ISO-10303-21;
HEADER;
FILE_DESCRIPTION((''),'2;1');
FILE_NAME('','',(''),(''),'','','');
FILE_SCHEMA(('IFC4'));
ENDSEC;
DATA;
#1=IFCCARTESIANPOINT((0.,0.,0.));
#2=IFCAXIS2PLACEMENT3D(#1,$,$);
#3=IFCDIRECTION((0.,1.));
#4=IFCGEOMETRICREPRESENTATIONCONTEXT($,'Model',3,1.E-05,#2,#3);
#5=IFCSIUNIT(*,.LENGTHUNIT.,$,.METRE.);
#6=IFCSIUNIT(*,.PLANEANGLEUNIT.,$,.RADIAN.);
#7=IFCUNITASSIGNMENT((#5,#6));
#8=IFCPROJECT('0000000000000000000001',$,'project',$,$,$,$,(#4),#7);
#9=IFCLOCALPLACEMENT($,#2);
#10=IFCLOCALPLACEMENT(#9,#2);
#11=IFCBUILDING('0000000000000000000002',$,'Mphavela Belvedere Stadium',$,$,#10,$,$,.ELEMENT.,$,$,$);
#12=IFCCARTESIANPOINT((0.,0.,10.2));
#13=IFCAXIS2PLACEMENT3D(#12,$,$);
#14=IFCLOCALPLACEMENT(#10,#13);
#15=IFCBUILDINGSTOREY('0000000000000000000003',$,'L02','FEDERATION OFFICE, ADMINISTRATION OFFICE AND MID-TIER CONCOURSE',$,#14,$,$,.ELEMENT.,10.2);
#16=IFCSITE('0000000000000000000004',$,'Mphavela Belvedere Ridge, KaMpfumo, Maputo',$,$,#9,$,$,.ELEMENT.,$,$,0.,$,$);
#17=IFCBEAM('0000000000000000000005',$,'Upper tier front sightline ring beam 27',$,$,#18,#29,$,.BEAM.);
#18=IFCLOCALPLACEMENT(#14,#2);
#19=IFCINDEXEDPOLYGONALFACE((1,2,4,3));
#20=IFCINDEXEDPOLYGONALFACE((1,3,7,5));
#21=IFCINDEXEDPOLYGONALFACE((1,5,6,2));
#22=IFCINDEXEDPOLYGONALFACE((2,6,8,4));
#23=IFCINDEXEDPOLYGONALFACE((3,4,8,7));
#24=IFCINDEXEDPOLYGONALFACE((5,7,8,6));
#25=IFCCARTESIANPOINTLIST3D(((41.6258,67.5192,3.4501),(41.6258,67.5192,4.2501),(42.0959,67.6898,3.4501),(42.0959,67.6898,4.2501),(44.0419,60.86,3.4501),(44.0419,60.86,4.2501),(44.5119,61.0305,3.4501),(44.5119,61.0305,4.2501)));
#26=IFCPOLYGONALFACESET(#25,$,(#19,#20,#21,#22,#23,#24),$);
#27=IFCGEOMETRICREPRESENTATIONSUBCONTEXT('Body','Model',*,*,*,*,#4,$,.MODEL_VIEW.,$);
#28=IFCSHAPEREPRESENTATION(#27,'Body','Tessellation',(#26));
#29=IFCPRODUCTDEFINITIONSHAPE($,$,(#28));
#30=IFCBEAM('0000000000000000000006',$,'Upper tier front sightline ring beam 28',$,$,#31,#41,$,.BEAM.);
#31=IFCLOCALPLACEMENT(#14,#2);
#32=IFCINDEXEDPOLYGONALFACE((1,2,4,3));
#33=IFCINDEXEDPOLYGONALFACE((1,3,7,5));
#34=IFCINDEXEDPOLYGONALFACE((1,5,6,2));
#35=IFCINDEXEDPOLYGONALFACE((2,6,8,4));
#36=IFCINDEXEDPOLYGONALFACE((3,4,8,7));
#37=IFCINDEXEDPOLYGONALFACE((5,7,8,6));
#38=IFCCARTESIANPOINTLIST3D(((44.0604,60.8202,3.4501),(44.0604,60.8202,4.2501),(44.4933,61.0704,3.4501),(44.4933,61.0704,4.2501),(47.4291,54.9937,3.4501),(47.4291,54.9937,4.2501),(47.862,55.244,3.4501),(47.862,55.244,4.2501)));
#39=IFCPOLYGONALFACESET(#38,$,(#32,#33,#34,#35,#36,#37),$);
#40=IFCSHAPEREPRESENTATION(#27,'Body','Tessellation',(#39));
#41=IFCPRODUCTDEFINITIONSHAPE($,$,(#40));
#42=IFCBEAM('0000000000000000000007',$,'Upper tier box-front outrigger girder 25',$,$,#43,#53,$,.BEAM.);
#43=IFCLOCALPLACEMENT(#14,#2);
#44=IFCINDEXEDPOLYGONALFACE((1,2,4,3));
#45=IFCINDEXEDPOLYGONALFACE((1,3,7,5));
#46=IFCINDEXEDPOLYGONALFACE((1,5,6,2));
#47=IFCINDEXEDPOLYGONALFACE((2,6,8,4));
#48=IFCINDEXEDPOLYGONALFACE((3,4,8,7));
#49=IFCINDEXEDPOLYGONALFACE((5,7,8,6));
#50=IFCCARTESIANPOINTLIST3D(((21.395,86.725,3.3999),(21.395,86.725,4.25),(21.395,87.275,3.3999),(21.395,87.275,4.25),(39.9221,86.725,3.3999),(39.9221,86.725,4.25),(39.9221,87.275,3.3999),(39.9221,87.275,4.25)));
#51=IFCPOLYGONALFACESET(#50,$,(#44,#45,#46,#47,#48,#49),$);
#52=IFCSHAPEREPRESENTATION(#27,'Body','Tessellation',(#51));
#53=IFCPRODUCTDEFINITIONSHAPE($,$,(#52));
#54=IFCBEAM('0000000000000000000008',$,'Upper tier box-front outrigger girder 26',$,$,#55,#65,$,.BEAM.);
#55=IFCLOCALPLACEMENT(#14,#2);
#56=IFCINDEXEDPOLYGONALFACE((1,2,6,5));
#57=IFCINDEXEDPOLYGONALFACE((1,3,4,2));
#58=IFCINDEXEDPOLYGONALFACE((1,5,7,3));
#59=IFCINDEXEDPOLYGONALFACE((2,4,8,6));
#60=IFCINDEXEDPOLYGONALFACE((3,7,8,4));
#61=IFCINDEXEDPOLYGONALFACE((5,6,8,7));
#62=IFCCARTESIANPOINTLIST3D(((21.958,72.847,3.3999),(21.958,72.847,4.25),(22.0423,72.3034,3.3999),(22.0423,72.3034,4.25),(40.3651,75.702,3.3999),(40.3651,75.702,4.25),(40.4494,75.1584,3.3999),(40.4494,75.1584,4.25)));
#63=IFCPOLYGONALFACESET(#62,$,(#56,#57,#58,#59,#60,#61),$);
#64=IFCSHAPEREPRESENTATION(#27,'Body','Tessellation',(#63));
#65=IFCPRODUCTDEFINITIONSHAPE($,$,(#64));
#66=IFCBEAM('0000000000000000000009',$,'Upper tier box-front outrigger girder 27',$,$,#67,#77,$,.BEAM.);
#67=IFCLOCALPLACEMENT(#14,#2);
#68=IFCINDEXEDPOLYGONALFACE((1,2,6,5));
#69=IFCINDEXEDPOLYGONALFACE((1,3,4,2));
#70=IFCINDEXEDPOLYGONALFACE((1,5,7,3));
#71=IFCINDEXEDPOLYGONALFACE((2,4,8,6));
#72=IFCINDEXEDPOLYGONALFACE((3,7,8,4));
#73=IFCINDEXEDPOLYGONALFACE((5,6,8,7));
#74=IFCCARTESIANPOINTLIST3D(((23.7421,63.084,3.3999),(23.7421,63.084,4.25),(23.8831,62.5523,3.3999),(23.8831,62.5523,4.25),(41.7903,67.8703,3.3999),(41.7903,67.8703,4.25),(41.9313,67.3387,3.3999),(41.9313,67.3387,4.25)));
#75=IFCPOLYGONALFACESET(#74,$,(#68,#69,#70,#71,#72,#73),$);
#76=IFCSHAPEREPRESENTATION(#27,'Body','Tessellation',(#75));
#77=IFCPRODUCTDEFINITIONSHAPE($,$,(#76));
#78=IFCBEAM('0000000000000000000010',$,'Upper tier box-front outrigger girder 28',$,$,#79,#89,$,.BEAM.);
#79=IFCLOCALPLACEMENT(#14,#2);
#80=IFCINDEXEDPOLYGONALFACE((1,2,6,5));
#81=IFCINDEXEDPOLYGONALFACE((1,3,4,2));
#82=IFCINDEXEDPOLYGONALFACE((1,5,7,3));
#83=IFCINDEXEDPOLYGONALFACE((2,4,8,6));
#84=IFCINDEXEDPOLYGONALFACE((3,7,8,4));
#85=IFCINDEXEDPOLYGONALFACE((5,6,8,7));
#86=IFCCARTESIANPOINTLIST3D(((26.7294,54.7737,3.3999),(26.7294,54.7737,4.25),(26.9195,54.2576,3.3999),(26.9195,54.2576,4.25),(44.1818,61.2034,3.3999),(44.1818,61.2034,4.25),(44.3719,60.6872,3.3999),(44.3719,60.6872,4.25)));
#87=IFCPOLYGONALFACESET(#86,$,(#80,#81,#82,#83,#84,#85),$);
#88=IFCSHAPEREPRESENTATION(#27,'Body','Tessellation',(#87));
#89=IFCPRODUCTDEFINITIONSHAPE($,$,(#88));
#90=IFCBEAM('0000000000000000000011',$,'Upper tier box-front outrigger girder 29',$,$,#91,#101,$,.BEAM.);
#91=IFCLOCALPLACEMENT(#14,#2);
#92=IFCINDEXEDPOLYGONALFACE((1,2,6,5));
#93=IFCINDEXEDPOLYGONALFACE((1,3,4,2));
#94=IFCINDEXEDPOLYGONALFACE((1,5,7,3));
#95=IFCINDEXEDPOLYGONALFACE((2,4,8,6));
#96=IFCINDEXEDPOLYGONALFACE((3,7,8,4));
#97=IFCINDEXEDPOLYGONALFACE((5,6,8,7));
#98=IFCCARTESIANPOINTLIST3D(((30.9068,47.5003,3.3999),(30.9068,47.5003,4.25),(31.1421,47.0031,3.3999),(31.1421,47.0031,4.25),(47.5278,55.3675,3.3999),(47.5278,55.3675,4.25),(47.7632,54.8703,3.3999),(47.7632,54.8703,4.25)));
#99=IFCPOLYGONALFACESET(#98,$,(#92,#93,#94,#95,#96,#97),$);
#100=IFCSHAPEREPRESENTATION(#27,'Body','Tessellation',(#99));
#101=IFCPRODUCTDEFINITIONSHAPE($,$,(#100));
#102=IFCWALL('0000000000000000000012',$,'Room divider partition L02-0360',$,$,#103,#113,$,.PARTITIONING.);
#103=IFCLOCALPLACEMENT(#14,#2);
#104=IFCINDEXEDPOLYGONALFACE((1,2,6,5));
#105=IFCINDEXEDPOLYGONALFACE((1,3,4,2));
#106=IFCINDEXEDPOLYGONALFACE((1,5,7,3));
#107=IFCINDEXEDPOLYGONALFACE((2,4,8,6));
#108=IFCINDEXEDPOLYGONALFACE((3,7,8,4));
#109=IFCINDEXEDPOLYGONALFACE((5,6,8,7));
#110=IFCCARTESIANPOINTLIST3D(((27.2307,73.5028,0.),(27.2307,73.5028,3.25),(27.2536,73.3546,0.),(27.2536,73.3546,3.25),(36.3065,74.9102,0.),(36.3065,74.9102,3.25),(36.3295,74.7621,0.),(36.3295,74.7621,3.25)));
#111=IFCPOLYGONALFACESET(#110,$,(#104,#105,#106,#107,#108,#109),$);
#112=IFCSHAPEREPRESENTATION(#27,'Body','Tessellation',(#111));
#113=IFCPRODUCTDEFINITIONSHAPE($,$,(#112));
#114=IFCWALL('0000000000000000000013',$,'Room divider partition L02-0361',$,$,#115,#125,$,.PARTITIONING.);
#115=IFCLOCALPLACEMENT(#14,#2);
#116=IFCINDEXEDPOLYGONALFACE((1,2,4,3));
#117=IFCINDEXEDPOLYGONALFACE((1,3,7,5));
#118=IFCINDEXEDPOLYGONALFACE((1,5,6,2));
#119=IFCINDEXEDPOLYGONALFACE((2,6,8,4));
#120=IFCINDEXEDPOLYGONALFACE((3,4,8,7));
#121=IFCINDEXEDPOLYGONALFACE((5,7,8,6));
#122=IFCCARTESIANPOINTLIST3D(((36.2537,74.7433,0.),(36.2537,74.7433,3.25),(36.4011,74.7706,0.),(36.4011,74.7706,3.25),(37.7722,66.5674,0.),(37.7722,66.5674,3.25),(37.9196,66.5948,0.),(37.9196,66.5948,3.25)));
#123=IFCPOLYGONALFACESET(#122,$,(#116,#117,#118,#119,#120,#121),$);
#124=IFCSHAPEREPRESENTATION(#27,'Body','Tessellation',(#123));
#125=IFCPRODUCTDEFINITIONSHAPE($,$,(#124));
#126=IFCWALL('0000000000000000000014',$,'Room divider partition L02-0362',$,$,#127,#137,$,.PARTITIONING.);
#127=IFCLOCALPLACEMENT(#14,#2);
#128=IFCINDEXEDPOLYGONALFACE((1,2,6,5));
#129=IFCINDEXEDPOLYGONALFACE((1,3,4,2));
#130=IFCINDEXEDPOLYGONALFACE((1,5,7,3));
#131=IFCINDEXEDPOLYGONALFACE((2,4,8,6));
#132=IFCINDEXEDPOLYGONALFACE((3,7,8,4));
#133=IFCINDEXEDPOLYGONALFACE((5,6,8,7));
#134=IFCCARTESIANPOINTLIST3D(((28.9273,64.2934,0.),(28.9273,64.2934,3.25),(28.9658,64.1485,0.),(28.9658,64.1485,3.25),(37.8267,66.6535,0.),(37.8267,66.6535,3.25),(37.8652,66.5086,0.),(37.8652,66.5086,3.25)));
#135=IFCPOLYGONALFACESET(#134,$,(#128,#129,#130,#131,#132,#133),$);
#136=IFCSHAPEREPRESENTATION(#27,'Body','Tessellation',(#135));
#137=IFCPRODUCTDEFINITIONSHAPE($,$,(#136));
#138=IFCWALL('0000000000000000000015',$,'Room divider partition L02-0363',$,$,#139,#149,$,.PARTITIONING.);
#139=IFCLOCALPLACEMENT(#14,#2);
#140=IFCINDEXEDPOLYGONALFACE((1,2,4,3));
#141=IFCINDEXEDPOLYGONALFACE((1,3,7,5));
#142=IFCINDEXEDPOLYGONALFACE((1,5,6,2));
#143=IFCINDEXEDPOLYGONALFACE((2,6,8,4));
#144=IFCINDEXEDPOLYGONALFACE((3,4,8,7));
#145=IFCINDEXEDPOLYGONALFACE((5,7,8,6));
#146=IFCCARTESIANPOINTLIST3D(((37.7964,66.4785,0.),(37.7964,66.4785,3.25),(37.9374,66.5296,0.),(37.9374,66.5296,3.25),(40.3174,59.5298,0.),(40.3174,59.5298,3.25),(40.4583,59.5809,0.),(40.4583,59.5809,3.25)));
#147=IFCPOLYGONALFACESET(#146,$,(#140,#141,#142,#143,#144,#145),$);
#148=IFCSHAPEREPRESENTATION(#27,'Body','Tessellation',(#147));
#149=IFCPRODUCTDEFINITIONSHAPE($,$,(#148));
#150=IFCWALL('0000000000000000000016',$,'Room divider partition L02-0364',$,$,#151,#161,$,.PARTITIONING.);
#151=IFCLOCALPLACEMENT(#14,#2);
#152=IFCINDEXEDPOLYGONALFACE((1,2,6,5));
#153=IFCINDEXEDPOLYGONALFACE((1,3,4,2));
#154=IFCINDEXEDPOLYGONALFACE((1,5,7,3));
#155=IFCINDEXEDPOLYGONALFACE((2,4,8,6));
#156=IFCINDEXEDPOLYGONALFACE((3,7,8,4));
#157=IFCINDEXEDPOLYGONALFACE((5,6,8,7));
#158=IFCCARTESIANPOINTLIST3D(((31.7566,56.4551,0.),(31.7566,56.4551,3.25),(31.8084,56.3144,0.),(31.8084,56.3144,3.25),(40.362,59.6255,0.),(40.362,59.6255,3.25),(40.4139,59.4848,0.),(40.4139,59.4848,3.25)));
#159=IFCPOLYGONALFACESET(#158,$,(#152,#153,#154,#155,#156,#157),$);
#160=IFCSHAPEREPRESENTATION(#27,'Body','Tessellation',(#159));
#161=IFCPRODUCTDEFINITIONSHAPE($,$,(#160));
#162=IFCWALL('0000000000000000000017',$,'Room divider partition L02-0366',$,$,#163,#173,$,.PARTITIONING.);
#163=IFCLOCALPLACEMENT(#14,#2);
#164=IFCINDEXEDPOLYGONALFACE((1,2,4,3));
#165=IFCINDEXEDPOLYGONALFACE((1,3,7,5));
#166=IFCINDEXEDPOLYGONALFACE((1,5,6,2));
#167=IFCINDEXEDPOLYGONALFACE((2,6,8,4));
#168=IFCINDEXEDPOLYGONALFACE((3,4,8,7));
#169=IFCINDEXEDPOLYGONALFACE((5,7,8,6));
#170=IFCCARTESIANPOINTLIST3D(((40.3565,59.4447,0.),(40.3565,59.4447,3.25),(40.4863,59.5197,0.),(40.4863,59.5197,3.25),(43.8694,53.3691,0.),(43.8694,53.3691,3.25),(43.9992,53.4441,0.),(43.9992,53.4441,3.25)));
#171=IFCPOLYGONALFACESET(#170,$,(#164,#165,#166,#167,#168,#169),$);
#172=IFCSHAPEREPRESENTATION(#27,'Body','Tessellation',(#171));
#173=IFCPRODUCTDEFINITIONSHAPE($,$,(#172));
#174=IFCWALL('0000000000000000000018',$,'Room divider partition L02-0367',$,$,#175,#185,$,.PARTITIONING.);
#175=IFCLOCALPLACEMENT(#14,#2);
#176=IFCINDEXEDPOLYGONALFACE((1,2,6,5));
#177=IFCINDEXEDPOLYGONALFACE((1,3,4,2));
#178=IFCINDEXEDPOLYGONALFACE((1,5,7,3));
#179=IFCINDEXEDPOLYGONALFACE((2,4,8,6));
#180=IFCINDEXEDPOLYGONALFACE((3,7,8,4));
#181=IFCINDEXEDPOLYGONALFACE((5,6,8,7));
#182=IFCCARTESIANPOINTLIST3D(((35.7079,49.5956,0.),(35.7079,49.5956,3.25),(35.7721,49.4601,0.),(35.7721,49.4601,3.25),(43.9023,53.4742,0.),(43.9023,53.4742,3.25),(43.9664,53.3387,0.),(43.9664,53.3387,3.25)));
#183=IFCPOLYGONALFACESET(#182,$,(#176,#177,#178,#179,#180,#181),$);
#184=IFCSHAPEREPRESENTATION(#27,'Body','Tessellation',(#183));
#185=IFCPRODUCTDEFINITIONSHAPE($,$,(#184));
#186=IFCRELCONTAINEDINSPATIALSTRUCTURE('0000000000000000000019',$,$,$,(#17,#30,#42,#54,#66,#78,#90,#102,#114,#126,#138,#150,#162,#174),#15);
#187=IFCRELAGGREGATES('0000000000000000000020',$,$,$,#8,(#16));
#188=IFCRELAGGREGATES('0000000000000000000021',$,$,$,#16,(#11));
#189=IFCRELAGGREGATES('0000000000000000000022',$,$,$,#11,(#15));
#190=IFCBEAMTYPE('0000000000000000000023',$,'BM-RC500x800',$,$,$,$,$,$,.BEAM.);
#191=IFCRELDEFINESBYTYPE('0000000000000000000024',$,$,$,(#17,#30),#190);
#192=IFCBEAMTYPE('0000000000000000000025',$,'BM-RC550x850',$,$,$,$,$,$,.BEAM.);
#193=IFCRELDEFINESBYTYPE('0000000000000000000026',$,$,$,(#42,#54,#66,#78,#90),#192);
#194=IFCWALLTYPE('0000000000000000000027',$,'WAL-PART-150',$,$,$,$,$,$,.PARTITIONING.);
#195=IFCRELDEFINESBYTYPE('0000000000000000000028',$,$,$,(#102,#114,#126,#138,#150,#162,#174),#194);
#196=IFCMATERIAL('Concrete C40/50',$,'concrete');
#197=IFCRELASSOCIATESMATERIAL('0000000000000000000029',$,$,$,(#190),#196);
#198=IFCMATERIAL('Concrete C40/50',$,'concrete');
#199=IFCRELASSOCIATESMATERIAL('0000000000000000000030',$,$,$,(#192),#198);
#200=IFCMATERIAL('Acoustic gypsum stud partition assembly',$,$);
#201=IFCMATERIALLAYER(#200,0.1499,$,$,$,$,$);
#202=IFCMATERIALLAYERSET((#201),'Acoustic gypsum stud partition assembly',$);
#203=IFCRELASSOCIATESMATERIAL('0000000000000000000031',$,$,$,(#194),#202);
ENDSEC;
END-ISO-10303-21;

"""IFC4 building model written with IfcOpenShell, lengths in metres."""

from ifc_helpers import new_model, si_unit, direction, frame, frame_2d, origin, origin_2d, place, context, subcontext, project, spatial, rectangle, extrude, material, layer, layer_set, material_profile, profile_set, type_object, element, save


model = new_model("IFC4")

# Units and contexts
model_context = context("Model", 3, precision=1e-05, world=origin(), true_north=direction((0.0, 1.0)))
body_context = subcontext(model_context, "Body", "Model", "MODEL_VIEW")
ifc_project = project(units=[si_unit("LENGTHUNIT", "METRE"), si_unit("PLANEANGLEUNIT", "RADIAN")], contexts=[model_context])

# Site, building, storey
site_placement = place(None, origin())
site = spatial("IfcSite", under=ifc_project, at=site_placement, Name="Mphavela Belvedere Ridge, KaMpfumo, Maputo", CompositionType="ELEMENT", RefElevation=0.0)
building_placement = place(site_placement, origin())
building = spatial("IfcBuilding", under=site, at=building_placement, Name="Mphavela Belvedere Stadium", CompositionType="ELEMENT")
storey_placement = place(building_placement, frame((0.0, 0.0, 10.2)))
storey = spatial("IfcBuildingStorey", under=building, at=storey_placement, Name="L02", Description="FEDERATION OFFICE, ADMINISTRATION OFFICE AND MID-TIER CONCOURSE", CompositionType="ELEMENT", Elevation=10.2)

# Beams
ifc_material_1 = material(Name="Concrete C40/50", Category="concrete")
ifc_material_profile_1 = material_profile(ifc_material_1, rectangle(XDim=0.5, YDim=0.8, at=origin_2d()), Name="RC 500x800")
ifc_profile_set_1 = profile_set([ifc_material_profile_1], Name="Concrete C40/50")
beam_type_1 = type_object("IfcBeamType", Name="BM-RC500x800", PredefinedType="BEAM", material=ifc_profile_set_1)
beam_1_placement = place(storey_placement, frame((41.8608, 67.6045, 3.8501), z_axis=(0.341057, -0.940043, 0.0), x_axis=(0.940043, 0.341057, 0.0)))
element("IfcBeam", 1, at=beam_1_placement, inside=storey, type_object=beam_type_1, Name="Upper tier front sightline ring beam 27", PredefinedType="BEAM", context=body_context, shape_type="SweptSolid", body=[
    extrude(rectangle(XDim=0.5, YDim=0.8, at=origin_2d()), origin(), (0.0, 0.0, 1.0), 7.084),
])
beam_2_placement = place(storey_placement, frame((44.2769, 60.9453, 3.8501), z_axis=(0.500531, -0.865718, 0.0), x_axis=(0.865718, 0.500531, 0.0)))
element("IfcBeam", 2, at=beam_2_placement, inside=storey, type_object=beam_type_1, Name="Upper tier front sightline ring beam 28", PredefinedType="BEAM", context=body_context, shape_type="SweptSolid", body=[
    extrude(rectangle(XDim=0.5, YDim=0.8, at=origin_2d()), origin(), (0.0, 0.0, 1.0), 6.7302),
])
ifc_material_2 = material(Name="Concrete C40/50", Category="concrete")
ifc_material_profile_2 = material_profile(ifc_material_2, rectangle(XDim=0.55, YDim=0.8501, at=origin_2d()), Name="RC 550x850")
ifc_profile_set_2 = profile_set([ifc_material_profile_2], Name="Concrete C40/50")
beam_type_2 = type_object("IfcBeamType", Name="BM-RC550x850", PredefinedType="BEAM", material=ifc_profile_set_2)
beam_3_placement = place(storey_placement, frame((39.9221, 87.0, 3.825), z_axis=(-1.0, 0.0, 0.0), x_axis=(0.0, -1.0, 0.0)))
element("IfcBeam", 3, at=beam_3_placement, inside=storey, type_object=beam_type_2, Name="Upper tier box-front outrigger girder 25", PredefinedType="BEAM", context=body_context, shape_type="SweptSolid", body=[
    extrude(rectangle(XDim=0.55, YDim=0.8501, at=origin_2d()), origin(), (0.0, 0.0, 1.0), 18.5271),
])
beam_4_placement = place(storey_placement, frame((40.4072, 75.4302, 3.825), z_axis=(-0.988185, -0.153268, 0.0), x_axis=(0.153268, -0.988185, 0.0)))
element("IfcBeam", 4, at=beam_4_placement, inside=storey, type_object=beam_type_2, Name="Upper tier box-front outrigger girder 26", PredefinedType="BEAM", context=body_context, shape_type="SweptSolid", body=[
    extrude(rectangle(XDim=0.55, YDim=0.8501, at=origin_2d()), origin(), (0.0, 0.0, 1.0), 18.6272),
])
beam_5_placement = place(storey_placement, frame((41.8608, 67.6045, 3.825), z_axis=(-0.966588, -0.256337, 0.0), x_axis=(0.256337, -0.966588, 0.0)))
element("IfcBeam", 5, at=beam_5_placement, inside=storey, type_object=beam_type_2, Name="Upper tier box-front outrigger girder 27", PredefinedType="BEAM", context=body_context, shape_type="SweptSolid", body=[
    extrude(rectangle(XDim=0.55, YDim=0.8501, at=origin_2d()), origin(), (0.0, 0.0, 1.0), 18.6721),
])
beam_6_placement = place(storey_placement, frame((44.2769, 60.9453, 3.825), z_axis=(-0.938346, -0.345699, 0.0), x_axis=(0.345699, -0.938346, 0.0)))
element("IfcBeam", 6, at=beam_6_placement, inside=storey, type_object=beam_type_2, Name="Upper tier box-front outrigger girder 28", PredefinedType="BEAM", context=body_context, shape_type="SweptSolid", body=[
    extrude(rectangle(XDim=0.55, YDim=0.8501, at=origin_2d()), origin(), (0.0, 0.0, 1.0), 18.5991),
])
beam_7_placement = place(storey_placement, frame((47.6455, 55.1189, 3.825), z_axis=(-0.903863, -0.427822, 0.0), x_axis=(0.427822, -0.903863, 0.0)))
element("IfcBeam", 7, at=beam_7_placement, inside=storey, type_object=beam_type_2, Name="Upper tier box-front outrigger girder 29", PredefinedType="BEAM", context=body_context, shape_type="SweptSolid", body=[
    extrude(rectangle(XDim=0.55, YDim=0.8501, at=origin_2d()), origin(), (0.0, 0.0, 1.0), 18.3889),
])

# Walls
ifc_material_3 = material(Name="Acoustic gypsum stud partition assembly")
ifc_layer = layer(ifc_material_3, 0.1499)
ifc_layer_set = layer_set([ifc_layer], Name="Acoustic gypsum stud partition assembly")
wall_type = type_object("IfcWallType", Name="WAL-PART-150", PredefinedType="PARTITIONING", material=ifc_layer_set)
wall_1_placement = place(storey_placement, frame((36.3181, 74.8362, 0.0), z_axis=(0.0, 0.0, 1.0), x_axis=(-0.988188, -0.153246, 0.0)))
element("IfcWall", 8, at=wall_1_placement, inside=storey, type_object=wall_type, Name="Room divider partition L02-0360", PredefinedType="PARTITIONING", context=body_context, shape_type="SweptSolid", body=[
    extrude(rectangle(XDim=9.1843, YDim=0.1499, at=frame_2d((4.5923, 0.0))), origin(), (0.0, 0.0, 1.0), 3.25),
])
wall_2_placement = place(storey_placement, frame((36.3274, 74.7568, 0.0), z_axis=(0.0, 0.0, 1.0), x_axis=(0.182615, -0.983185, 0.0)))
element("IfcWall", 9, at=wall_2_placement, inside=storey, type_object=wall_type, Name="Room divider partition L02-0361", PredefinedType="PARTITIONING", context=body_context, shape_type="SweptSolid", body=[
    extrude(rectangle(XDim=8.3157, YDim=0.1499, at=frame_2d((4.1577, 0.0))), origin(), (0.0, 0.0, 1.0), 3.25),
])
wall_3_placement = place(storey_placement, frame((37.8459, 66.5811, 0.0), z_axis=(0.0, 0.0, 1.0), x_axis=(-0.966587, -0.256337, 0.0)))
element("IfcWall", 10, at=wall_3_placement, inside=storey, type_object=wall_type, Name="Room divider partition L02-0362", PredefinedType="PARTITIONING", context=body_context, shape_type="SweptSolid", body=[
    extrude(rectangle(XDim=9.207, YDim=0.1499, at=frame_2d((4.6035, 0.0))), origin(), (0.0, 0.0, 1.0), 3.25),
])
wall_4_placement = place(storey_placement, frame((37.8669, 66.5039, 0.0), z_axis=(0.0, 0.0, 1.0), x_axis=(0.341048, -0.940046, 0.0)))
element("IfcWall", 11, at=wall_4_placement, inside=storey, type_object=wall_type, Name="Room divider partition L02-0363", PredefinedType="PARTITIONING", context=body_context, shape_type="SweptSolid", body=[
    extrude(rectangle(XDim=7.3918, YDim=0.1499, at=frame_2d((3.6958, 0.0))), origin(), (0.0, 0.0, 1.0), 3.25),
])
wall_5_placement = place(storey_placement, frame((40.3879, 59.5552, 0.0), z_axis=(0.0, 0.0, 1.0), x_axis=(-0.938344, -0.345703, 0.0)))
element("IfcWall", 12, at=wall_5_placement, inside=storey, type_object=wall_type, Name="Room divider partition L02-0364", PredefinedType="PARTITIONING", context=body_context, shape_type="SweptSolid", body=[
    extrude(rectangle(XDim=9.1709, YDim=0.1499, at=frame_2d((4.5854, 0.0))), origin(), (0.0, 0.0, 1.0), 3.25),
])
wall_6_placement = place(storey_placement, frame((40.4214, 59.4822, 0.0), z_axis=(0.0, 0.0, 1.0), x_axis=(0.500549, -0.865708, 0.0)))
element("IfcWall", 13, at=wall_6_placement, inside=storey, type_object=wall_type, Name="Room divider partition L02-0366", PredefinedType="PARTITIONING", context=body_context, shape_type="SweptSolid", body=[
    extrude(rectangle(XDim=7.0181, YDim=0.1499, at=frame_2d((3.509, 0.0))), origin(), (0.0, 0.0, 1.0), 3.25),
])
wall_7_placement = place(storey_placement, frame((43.9343, 53.4065, 0.0), z_axis=(0.0, 0.0, 1.0), x_axis=(-0.90386, -0.427828, 0.0)))
element("IfcWall", 14, at=wall_7_placement, inside=storey, type_object=wall_type, Name="Room divider partition L02-0367", PredefinedType="PARTITIONING", context=body_context, shape_type="SweptSolid", body=[
    extrude(rectangle(XDim=9.0659, YDim=0.1499, at=frame_2d((4.533, 0.0))), origin(), (0.0, 0.0, 1.0), 3.25),
])

save(model, "model.ifc")
